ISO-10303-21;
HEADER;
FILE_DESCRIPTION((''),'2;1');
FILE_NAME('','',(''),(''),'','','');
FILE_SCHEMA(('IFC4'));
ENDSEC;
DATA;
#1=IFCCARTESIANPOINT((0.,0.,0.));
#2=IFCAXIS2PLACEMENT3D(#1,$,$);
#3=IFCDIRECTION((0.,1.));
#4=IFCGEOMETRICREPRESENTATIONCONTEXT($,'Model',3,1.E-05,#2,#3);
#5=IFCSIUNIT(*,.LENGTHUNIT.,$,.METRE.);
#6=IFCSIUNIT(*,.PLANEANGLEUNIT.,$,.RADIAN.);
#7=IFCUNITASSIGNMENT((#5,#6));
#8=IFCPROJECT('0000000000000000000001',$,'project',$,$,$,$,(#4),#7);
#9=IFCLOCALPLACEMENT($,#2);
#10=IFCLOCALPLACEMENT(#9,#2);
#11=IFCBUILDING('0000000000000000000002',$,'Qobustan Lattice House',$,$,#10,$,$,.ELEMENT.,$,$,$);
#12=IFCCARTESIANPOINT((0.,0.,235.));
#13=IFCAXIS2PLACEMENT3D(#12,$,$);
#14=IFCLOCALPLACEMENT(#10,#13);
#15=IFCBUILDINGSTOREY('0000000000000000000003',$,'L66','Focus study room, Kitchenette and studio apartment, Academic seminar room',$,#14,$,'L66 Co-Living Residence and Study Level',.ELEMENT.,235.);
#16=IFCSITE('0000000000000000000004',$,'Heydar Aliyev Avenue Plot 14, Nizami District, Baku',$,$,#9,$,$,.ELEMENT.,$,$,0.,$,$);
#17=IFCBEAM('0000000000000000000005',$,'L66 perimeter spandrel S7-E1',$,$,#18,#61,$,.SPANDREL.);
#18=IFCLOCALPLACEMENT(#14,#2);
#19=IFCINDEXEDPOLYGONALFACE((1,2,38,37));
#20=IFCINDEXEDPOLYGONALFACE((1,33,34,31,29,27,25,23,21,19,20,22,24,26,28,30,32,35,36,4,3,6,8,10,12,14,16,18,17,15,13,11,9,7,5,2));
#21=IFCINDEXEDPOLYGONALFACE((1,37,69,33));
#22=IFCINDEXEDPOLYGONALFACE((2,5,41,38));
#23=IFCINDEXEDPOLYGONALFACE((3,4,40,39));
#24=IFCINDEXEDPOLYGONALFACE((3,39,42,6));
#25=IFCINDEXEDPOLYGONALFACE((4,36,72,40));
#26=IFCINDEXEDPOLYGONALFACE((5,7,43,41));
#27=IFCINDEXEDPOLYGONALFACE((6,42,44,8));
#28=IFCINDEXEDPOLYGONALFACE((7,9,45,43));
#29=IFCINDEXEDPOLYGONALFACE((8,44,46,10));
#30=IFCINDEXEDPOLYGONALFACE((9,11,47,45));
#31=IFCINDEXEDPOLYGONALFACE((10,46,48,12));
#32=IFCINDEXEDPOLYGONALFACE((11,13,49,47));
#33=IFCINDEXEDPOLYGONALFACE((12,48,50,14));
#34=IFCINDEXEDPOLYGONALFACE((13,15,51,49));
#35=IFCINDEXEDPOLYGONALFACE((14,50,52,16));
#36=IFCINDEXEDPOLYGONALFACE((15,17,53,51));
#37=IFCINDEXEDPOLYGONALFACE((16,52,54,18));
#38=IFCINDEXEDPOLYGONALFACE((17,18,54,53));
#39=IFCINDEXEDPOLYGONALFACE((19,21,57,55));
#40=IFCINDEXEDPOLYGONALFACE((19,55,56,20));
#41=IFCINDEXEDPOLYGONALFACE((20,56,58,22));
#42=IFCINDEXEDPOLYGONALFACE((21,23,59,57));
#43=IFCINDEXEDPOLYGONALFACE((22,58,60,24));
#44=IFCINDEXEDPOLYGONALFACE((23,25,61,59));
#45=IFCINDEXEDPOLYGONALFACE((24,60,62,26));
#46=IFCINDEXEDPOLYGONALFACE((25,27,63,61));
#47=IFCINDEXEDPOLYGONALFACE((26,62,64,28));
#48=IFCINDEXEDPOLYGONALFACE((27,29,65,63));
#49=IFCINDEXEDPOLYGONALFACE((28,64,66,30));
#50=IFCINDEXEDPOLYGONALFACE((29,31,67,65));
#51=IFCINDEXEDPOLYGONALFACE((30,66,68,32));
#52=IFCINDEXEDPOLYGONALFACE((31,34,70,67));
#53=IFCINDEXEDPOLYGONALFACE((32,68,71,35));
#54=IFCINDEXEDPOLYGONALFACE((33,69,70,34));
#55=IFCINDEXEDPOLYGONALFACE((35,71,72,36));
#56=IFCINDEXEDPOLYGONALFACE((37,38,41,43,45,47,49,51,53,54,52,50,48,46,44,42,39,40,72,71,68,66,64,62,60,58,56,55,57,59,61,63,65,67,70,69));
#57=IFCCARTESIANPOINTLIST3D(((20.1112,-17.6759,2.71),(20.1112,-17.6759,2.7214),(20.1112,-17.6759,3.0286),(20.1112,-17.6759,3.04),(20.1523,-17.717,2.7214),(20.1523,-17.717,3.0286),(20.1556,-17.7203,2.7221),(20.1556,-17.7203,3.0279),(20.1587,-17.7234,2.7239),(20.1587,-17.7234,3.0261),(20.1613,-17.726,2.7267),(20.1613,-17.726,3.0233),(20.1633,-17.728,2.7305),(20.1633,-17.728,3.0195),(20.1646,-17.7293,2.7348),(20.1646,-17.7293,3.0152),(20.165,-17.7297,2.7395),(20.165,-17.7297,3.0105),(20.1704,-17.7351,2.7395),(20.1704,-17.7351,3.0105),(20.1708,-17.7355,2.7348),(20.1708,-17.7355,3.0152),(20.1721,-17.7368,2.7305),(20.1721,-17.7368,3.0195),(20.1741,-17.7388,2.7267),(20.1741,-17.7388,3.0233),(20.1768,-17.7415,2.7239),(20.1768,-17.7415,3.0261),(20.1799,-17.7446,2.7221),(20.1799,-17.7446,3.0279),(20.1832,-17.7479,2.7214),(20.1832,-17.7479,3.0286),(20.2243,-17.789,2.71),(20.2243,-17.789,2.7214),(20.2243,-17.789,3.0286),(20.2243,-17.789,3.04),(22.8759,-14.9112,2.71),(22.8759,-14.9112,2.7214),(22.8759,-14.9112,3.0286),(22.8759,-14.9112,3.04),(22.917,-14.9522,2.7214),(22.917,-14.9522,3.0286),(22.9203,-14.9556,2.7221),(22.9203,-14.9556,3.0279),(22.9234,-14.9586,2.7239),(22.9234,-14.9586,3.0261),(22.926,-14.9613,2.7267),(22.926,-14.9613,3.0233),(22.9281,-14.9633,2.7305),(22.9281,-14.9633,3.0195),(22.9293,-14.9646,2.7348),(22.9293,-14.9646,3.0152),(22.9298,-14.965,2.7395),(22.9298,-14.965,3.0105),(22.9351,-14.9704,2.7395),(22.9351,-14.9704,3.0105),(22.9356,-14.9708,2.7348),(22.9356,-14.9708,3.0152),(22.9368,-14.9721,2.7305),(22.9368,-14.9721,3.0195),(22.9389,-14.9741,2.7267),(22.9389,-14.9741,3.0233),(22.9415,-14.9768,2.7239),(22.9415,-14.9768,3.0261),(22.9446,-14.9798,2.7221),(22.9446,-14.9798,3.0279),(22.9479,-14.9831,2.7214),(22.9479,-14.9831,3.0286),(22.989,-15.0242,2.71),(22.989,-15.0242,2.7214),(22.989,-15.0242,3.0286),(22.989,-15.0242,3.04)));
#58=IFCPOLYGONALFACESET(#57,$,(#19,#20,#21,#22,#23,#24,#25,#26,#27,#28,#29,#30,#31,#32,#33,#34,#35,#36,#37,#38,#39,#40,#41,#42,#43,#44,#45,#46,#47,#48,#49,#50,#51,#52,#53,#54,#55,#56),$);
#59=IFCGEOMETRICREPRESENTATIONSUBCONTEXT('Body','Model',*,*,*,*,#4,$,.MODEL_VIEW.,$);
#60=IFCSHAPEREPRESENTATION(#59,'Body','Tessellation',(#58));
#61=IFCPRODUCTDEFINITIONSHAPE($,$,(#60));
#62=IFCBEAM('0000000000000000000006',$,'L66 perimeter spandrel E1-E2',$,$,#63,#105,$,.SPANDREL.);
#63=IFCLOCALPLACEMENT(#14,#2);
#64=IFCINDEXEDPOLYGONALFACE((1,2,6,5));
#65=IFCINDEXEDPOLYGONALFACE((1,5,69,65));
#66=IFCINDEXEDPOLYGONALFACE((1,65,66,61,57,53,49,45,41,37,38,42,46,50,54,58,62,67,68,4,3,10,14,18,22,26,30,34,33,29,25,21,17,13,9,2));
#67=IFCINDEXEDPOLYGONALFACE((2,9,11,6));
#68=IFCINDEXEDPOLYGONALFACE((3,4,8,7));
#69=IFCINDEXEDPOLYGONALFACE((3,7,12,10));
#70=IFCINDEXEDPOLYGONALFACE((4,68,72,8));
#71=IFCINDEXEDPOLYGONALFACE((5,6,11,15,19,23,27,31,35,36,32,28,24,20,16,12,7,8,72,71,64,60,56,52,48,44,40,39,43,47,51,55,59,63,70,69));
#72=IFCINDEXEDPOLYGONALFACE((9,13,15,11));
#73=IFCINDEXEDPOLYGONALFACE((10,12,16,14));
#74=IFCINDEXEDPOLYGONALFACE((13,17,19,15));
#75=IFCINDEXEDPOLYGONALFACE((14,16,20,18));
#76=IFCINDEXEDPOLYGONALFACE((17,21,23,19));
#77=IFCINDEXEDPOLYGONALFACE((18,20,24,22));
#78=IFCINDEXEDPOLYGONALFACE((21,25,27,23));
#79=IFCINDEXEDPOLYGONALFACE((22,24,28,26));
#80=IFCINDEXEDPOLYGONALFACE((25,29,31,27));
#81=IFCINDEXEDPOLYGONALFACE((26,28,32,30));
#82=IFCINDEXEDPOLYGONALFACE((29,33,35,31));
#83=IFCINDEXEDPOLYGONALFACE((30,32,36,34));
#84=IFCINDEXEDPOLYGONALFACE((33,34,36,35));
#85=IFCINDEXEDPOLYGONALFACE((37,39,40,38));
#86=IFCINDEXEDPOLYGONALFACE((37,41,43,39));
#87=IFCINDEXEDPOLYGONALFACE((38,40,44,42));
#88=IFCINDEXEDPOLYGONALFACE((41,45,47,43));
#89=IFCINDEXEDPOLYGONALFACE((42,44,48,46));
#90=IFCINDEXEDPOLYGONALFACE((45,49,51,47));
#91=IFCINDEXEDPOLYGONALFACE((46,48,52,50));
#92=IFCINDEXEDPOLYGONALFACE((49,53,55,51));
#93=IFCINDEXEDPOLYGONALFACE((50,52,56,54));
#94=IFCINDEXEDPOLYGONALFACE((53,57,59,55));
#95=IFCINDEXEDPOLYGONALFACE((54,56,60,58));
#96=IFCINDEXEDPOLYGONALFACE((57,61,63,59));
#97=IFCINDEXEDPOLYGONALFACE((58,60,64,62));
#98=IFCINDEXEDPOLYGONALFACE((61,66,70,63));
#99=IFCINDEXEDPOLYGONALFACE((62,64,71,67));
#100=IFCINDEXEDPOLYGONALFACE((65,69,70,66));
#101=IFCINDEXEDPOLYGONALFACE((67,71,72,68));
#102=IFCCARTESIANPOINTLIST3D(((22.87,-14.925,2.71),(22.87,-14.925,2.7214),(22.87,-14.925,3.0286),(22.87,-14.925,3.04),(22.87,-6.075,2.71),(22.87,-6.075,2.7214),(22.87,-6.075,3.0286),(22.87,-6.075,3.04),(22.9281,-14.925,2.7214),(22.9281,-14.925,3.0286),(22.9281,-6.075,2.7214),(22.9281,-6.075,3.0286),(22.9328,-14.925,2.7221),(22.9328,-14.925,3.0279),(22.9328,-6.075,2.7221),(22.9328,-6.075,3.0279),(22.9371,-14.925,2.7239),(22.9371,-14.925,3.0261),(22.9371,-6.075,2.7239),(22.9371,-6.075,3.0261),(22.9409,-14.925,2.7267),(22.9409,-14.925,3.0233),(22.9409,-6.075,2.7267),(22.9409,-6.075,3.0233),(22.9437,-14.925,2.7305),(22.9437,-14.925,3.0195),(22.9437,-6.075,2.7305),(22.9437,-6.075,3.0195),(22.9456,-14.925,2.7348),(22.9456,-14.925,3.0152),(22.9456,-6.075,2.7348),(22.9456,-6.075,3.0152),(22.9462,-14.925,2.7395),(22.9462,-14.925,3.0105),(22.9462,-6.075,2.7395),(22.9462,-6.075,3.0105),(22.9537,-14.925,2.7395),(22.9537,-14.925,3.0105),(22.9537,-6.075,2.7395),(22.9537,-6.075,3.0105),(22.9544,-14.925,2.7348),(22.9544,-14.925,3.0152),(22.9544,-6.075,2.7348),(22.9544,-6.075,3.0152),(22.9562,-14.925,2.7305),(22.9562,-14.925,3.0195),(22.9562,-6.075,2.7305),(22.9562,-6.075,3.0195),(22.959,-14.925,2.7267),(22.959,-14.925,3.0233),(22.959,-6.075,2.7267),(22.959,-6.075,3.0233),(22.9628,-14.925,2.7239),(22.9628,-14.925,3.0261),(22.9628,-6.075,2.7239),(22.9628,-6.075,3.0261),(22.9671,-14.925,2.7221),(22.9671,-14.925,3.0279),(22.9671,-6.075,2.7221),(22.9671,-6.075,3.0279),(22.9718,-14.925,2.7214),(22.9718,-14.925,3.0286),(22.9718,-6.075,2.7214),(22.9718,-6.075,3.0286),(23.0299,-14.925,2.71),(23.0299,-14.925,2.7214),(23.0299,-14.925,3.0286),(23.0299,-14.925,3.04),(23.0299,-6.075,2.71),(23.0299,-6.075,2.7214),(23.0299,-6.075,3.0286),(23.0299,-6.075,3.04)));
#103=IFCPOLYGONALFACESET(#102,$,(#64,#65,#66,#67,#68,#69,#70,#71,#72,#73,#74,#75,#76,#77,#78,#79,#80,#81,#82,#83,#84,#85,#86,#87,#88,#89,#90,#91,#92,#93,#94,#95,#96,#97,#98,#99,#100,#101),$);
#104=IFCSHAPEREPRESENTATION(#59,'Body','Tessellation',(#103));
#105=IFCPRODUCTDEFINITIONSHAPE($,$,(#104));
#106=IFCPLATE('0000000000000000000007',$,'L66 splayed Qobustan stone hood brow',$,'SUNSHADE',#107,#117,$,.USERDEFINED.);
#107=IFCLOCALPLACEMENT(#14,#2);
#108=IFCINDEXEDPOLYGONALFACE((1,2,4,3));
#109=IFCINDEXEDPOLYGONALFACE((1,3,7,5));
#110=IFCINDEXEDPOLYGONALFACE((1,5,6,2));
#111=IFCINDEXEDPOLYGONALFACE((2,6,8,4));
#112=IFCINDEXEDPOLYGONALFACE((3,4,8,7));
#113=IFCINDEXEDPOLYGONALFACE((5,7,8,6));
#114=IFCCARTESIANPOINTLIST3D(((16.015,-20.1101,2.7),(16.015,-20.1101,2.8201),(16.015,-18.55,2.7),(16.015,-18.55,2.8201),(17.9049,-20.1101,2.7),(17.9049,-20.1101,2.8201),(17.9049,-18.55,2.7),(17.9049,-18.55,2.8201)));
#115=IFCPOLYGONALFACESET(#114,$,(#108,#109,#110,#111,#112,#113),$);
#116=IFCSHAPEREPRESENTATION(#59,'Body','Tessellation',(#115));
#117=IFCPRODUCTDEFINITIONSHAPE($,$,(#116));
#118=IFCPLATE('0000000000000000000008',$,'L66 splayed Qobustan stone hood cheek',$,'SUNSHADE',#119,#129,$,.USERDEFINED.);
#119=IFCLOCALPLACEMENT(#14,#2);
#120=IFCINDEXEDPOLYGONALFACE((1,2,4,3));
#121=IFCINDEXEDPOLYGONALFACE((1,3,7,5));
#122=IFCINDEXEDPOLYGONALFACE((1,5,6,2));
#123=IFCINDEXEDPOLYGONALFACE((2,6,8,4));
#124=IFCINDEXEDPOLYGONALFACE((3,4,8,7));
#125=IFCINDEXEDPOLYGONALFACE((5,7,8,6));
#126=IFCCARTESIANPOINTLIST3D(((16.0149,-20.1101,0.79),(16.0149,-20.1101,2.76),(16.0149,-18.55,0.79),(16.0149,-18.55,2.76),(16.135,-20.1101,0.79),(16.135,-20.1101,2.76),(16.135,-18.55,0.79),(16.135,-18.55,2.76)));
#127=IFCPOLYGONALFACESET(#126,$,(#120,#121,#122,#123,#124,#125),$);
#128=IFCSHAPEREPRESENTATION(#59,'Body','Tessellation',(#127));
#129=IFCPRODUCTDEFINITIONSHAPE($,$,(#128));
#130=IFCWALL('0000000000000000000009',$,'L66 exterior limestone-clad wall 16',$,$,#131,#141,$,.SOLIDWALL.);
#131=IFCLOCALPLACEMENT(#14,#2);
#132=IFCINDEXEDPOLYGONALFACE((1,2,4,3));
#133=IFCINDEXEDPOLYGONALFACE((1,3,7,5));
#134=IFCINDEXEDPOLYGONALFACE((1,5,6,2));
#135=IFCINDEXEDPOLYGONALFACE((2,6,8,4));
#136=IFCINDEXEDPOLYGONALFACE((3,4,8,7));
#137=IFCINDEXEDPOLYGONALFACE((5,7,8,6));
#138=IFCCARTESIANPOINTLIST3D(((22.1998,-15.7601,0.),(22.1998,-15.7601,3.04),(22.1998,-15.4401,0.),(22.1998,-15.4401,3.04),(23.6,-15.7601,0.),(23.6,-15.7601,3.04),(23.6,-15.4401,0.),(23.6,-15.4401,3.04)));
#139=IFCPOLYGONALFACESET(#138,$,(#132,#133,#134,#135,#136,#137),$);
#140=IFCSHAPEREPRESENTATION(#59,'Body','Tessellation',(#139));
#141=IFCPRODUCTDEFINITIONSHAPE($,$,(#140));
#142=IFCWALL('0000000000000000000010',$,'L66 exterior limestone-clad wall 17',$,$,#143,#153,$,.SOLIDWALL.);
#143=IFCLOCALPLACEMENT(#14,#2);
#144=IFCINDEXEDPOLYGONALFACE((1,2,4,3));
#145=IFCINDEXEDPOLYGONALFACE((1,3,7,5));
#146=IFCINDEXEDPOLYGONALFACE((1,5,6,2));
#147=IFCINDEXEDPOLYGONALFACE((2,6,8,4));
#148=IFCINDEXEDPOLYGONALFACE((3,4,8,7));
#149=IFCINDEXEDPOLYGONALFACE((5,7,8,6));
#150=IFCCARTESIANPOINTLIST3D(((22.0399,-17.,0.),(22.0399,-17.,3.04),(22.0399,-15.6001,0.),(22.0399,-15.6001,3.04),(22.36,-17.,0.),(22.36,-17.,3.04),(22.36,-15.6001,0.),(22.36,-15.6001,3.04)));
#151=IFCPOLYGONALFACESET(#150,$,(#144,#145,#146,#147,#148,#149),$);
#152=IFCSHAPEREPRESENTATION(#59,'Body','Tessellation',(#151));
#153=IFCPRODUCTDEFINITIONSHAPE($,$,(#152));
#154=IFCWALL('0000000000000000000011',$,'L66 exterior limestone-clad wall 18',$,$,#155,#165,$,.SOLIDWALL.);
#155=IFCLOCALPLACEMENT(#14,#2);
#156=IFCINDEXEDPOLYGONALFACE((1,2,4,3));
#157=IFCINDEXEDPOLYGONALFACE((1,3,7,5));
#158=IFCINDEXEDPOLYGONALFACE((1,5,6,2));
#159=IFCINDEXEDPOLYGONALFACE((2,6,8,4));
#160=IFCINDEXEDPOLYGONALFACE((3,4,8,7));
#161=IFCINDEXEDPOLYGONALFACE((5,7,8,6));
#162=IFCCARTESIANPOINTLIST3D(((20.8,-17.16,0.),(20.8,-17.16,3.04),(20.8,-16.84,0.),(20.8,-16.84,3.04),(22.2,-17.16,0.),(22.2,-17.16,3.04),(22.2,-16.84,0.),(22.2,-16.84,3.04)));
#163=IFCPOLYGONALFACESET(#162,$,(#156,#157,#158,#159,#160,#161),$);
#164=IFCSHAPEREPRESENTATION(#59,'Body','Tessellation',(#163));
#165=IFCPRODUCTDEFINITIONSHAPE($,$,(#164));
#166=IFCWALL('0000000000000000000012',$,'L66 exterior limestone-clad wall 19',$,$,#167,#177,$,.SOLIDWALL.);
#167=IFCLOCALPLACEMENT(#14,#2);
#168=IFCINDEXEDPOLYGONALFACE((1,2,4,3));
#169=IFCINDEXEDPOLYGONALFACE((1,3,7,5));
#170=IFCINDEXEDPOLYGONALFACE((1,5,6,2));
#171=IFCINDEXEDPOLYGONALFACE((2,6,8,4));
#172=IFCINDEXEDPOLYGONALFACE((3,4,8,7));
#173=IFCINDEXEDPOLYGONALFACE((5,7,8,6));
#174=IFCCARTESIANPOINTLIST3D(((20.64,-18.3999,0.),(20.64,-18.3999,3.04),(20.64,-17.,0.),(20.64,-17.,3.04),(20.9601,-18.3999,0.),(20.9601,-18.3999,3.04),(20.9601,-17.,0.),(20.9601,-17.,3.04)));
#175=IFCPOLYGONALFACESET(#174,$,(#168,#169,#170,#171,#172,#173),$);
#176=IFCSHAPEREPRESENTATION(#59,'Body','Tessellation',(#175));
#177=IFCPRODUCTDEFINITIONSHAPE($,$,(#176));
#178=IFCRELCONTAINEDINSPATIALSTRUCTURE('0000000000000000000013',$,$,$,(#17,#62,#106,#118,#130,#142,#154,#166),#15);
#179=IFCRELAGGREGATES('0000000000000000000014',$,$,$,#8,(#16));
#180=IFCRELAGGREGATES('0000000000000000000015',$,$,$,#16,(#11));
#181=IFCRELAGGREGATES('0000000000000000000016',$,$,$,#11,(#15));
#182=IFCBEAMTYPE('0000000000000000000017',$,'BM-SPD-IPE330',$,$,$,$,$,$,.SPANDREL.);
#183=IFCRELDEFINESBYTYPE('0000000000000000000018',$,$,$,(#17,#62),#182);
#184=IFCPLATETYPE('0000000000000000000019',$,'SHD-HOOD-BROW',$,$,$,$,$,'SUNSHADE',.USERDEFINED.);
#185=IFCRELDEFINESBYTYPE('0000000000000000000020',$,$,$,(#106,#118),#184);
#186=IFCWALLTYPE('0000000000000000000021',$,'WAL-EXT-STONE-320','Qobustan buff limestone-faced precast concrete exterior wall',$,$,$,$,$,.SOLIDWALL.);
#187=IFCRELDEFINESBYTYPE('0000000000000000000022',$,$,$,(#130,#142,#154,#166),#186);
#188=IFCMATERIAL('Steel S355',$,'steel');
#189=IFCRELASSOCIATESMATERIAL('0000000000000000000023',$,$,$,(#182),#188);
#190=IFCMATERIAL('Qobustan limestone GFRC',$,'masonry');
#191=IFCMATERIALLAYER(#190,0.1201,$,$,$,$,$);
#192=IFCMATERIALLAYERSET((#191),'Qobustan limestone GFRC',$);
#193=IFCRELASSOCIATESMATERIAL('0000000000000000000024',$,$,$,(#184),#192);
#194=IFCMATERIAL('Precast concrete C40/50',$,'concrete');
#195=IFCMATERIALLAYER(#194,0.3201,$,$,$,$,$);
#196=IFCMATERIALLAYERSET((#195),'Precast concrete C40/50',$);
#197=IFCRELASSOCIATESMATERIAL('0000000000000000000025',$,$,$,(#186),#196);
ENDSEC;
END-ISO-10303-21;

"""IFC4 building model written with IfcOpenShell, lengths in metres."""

from ifc_helpers import new_model, si_unit, direction, frame, frame_2d, origin, origin_2d, place, context, subcontext, project, spatial, rectangle, i_section, extrude, material, layer, layer_set, material_profile, profile_set, type_object, element, save


model = new_model("IFC4")

# Units and contexts
model_context = context("Model", 3, precision=1e-05, world=origin(), true_north=direction((0.0, 1.0)))
body_context = subcontext(model_context, "Body", "Model", "MODEL_VIEW")
ifc_project = project(units=[si_unit("LENGTHUNIT", "METRE"), si_unit("PLANEANGLEUNIT", "RADIAN")], contexts=[model_context])

# Site, building, storey
site_placement = place(None, origin())
site = spatial("IfcSite", under=ifc_project, at=site_placement, Name="Heydar Aliyev Avenue Plot 14, Nizami District, Baku", CompositionType="ELEMENT", RefElevation=0.0)
building_placement = place(site_placement, origin())
building = spatial("IfcBuilding", under=site, at=building_placement, Name="Qobustan Lattice House", CompositionType="ELEMENT")
storey_placement = place(building_placement, frame((0.0, 0.0, 235.0)))
storey = spatial("IfcBuildingStorey", under=building, at=storey_placement, Name="L66", Description="Focus study room, Kitchenette and studio apartment, Academic seminar room", LongName="L66 Co-Living Residence and Study Level", CompositionType="ELEMENT", Elevation=235.0)

# Beams
ifc_material_1 = material(Name="Steel S355", Category="steel")
ifc_material_profile_1 = material_profile(ifc_material_1, i_section(OverallWidth=0.1599, OverallDepth=0.3301, WebThickness=0.0076, FlangeThickness=0.0115, FilletRadius=0.0181, at=origin_2d()), Name="IPE330")
ifc_profile_set_1 = profile_set([ifc_material_profile_1], Name="Steel S355")
beam_type_1 = type_object("IfcBeamType", Name="BM-SPD-IPE330", PredefinedType="SPANDREL", material=ifc_profile_set_1)
beam_1_placement = place(storey_placement, frame((20.1677, -17.7324, 2.875), z_axis=(0.707107, 0.707107, 0.0), x_axis=(-0.707107, 0.707107, 0.0)))
element("IfcBeam", 1, at=beam_1_placement, inside=storey, type_object=beam_type_1, Name="L66 perimeter spandrel S7-E1", PredefinedType="SPANDREL", context=body_context, shape_type="SweptSolid", body=[
    extrude(i_section(OverallWidth=0.1599, OverallDepth=0.3301, WebThickness=0.0076, FlangeThickness=0.0115, FilletRadius=0.0181, at=origin_2d()), origin(), (0.0, 0.0, 1.0), 3.9099),
])
beam_2_placement = place(storey_placement, frame((22.95, -14.925, 2.875), z_axis=(0.0, 1.0, 0.0), x_axis=(-1.0, 0.0, 0.0)))
element("IfcBeam", 2, at=beam_2_placement, inside=storey, type_object=beam_type_1, Name="L66 perimeter spandrel E1-E2", PredefinedType="SPANDREL", context=body_context, shape_type="SweptSolid", body=[
    extrude(i_section(OverallWidth=0.1599, OverallDepth=0.3301, WebThickness=0.0076, FlangeThickness=0.0115, FilletRadius=0.0181, at=origin_2d()), origin(), (0.0, 0.0, 1.0), 8.8501),
])

# Plates
ifc_material_2 = material(Name="Qobustan limestone GFRC", Category="masonry")
ifc_layer_1 = layer(ifc_material_2, 0.1201)
ifc_layer_set_1 = layer_set([ifc_layer_1], Name="Qobustan limestone GFRC")
plate_type = type_object("IfcPlateType", Name="SHD-HOOD-BROW", ElementType="SUNSHADE", PredefinedType="USERDEFINED", material=ifc_layer_set_1)
plate_1_placement = place(storey_placement, frame((16.96, -19.3301, 2.7), z_axis=(0.0, 0.0, 1.0), x_axis=(-1.0, 0.0, 0.0)))
element("IfcPlate", 3, at=plate_1_placement, inside=storey, type_object=plate_type, Name="L66 splayed Qobustan stone hood brow", ObjectType="SUNSHADE", PredefinedType="USERDEFINED", context=body_context, shape_type="SweptSolid", body=[
    extrude(rectangle(XDim=1.8899, YDim=1.5601, at=origin_2d()), origin(), (0.0, 0.0, 1.0), 0.1201),
])
plate_2_placement = place(storey_placement, frame((16.075, -19.3301, 0.79), z_axis=(0.0, 0.0, 1.0), x_axis=(-1.0, 0.0, 0.0)))
element("IfcPlate", 4, at=plate_2_placement, inside=storey, type_object=plate_type, Name="L66 splayed Qobustan stone hood cheek", ObjectType="SUNSHADE", PredefinedType="USERDEFINED", context=body_context, shape_type="SweptSolid", body=[
    extrude(rectangle(XDim=0.1201, YDim=1.5601, at=origin_2d()), origin(), (0.0, 0.0, 1.0), 1.97),
])

# Walls
ifc_material_3 = material(Name="Precast concrete C40/50", Category="concrete")
ifc_layer_2 = layer(ifc_material_3, 0.3201)
ifc_layer_set_2 = layer_set([ifc_layer_2], Name="Precast concrete C40/50")
wall_type_1 = type_object("IfcWallType", Name="WAL-EXT-STONE-320", Description="Qobustan buff limestone-faced precast concrete exterior wall", PredefinedType="SOLIDWALL", material=ifc_layer_set_2)
wall_1_placement = place(storey_placement, frame((23.6001, -15.6001, 0.0), z_axis=(0.0, 0.0, 1.0), x_axis=(-1.0, 0.0, 0.0)))
element("IfcWall", 5, at=wall_1_placement, inside=storey, type_object=wall_type_1, Name="L66 exterior limestone-clad wall 16", PredefinedType="SOLIDWALL", context=body_context, shape_type="SweptSolid", body=[
    extrude(rectangle(XDim=1.4001, YDim=0.3201, at=frame_2d((0.7002, 0.0))), origin(), (0.0, 0.0, 1.0), 3.04),
])
for number, where, z_axis, x_axis, name in (
    (6, (22.2, -15.6001, 0.0), (0.0, 0.0, 1.0), (0.0, -1.0, 0.0), "L66 exterior limestone-clad wall 17"),
    (7, (22.2, -17.0, 0.0), (0.0, 0.0, 1.0), (-1.0, 0.0, 0.0), "L66 exterior limestone-clad wall 18"),
    (8, (20.8, -17.0, 0.0), (0.0, 0.0, 1.0), (0.0, -1.0, 0.0), "L66 exterior limestone-clad wall 19"),
):
    element("IfcWall", number, at=place(storey_placement, frame(where, z_axis=z_axis, x_axis=x_axis)), inside=storey, type_object=wall_type_1, Name=name, PredefinedType="SOLIDWALL", context=body_context, shape_type="SweptSolid", body=[
        extrude(rectangle(XDim=1.3999, YDim=0.3201, at=frame_2d((0.7, 0.0))), origin(), (0.0, 0.0, 1.0), 3.04),
    ])

save(model, "model.ifc")
